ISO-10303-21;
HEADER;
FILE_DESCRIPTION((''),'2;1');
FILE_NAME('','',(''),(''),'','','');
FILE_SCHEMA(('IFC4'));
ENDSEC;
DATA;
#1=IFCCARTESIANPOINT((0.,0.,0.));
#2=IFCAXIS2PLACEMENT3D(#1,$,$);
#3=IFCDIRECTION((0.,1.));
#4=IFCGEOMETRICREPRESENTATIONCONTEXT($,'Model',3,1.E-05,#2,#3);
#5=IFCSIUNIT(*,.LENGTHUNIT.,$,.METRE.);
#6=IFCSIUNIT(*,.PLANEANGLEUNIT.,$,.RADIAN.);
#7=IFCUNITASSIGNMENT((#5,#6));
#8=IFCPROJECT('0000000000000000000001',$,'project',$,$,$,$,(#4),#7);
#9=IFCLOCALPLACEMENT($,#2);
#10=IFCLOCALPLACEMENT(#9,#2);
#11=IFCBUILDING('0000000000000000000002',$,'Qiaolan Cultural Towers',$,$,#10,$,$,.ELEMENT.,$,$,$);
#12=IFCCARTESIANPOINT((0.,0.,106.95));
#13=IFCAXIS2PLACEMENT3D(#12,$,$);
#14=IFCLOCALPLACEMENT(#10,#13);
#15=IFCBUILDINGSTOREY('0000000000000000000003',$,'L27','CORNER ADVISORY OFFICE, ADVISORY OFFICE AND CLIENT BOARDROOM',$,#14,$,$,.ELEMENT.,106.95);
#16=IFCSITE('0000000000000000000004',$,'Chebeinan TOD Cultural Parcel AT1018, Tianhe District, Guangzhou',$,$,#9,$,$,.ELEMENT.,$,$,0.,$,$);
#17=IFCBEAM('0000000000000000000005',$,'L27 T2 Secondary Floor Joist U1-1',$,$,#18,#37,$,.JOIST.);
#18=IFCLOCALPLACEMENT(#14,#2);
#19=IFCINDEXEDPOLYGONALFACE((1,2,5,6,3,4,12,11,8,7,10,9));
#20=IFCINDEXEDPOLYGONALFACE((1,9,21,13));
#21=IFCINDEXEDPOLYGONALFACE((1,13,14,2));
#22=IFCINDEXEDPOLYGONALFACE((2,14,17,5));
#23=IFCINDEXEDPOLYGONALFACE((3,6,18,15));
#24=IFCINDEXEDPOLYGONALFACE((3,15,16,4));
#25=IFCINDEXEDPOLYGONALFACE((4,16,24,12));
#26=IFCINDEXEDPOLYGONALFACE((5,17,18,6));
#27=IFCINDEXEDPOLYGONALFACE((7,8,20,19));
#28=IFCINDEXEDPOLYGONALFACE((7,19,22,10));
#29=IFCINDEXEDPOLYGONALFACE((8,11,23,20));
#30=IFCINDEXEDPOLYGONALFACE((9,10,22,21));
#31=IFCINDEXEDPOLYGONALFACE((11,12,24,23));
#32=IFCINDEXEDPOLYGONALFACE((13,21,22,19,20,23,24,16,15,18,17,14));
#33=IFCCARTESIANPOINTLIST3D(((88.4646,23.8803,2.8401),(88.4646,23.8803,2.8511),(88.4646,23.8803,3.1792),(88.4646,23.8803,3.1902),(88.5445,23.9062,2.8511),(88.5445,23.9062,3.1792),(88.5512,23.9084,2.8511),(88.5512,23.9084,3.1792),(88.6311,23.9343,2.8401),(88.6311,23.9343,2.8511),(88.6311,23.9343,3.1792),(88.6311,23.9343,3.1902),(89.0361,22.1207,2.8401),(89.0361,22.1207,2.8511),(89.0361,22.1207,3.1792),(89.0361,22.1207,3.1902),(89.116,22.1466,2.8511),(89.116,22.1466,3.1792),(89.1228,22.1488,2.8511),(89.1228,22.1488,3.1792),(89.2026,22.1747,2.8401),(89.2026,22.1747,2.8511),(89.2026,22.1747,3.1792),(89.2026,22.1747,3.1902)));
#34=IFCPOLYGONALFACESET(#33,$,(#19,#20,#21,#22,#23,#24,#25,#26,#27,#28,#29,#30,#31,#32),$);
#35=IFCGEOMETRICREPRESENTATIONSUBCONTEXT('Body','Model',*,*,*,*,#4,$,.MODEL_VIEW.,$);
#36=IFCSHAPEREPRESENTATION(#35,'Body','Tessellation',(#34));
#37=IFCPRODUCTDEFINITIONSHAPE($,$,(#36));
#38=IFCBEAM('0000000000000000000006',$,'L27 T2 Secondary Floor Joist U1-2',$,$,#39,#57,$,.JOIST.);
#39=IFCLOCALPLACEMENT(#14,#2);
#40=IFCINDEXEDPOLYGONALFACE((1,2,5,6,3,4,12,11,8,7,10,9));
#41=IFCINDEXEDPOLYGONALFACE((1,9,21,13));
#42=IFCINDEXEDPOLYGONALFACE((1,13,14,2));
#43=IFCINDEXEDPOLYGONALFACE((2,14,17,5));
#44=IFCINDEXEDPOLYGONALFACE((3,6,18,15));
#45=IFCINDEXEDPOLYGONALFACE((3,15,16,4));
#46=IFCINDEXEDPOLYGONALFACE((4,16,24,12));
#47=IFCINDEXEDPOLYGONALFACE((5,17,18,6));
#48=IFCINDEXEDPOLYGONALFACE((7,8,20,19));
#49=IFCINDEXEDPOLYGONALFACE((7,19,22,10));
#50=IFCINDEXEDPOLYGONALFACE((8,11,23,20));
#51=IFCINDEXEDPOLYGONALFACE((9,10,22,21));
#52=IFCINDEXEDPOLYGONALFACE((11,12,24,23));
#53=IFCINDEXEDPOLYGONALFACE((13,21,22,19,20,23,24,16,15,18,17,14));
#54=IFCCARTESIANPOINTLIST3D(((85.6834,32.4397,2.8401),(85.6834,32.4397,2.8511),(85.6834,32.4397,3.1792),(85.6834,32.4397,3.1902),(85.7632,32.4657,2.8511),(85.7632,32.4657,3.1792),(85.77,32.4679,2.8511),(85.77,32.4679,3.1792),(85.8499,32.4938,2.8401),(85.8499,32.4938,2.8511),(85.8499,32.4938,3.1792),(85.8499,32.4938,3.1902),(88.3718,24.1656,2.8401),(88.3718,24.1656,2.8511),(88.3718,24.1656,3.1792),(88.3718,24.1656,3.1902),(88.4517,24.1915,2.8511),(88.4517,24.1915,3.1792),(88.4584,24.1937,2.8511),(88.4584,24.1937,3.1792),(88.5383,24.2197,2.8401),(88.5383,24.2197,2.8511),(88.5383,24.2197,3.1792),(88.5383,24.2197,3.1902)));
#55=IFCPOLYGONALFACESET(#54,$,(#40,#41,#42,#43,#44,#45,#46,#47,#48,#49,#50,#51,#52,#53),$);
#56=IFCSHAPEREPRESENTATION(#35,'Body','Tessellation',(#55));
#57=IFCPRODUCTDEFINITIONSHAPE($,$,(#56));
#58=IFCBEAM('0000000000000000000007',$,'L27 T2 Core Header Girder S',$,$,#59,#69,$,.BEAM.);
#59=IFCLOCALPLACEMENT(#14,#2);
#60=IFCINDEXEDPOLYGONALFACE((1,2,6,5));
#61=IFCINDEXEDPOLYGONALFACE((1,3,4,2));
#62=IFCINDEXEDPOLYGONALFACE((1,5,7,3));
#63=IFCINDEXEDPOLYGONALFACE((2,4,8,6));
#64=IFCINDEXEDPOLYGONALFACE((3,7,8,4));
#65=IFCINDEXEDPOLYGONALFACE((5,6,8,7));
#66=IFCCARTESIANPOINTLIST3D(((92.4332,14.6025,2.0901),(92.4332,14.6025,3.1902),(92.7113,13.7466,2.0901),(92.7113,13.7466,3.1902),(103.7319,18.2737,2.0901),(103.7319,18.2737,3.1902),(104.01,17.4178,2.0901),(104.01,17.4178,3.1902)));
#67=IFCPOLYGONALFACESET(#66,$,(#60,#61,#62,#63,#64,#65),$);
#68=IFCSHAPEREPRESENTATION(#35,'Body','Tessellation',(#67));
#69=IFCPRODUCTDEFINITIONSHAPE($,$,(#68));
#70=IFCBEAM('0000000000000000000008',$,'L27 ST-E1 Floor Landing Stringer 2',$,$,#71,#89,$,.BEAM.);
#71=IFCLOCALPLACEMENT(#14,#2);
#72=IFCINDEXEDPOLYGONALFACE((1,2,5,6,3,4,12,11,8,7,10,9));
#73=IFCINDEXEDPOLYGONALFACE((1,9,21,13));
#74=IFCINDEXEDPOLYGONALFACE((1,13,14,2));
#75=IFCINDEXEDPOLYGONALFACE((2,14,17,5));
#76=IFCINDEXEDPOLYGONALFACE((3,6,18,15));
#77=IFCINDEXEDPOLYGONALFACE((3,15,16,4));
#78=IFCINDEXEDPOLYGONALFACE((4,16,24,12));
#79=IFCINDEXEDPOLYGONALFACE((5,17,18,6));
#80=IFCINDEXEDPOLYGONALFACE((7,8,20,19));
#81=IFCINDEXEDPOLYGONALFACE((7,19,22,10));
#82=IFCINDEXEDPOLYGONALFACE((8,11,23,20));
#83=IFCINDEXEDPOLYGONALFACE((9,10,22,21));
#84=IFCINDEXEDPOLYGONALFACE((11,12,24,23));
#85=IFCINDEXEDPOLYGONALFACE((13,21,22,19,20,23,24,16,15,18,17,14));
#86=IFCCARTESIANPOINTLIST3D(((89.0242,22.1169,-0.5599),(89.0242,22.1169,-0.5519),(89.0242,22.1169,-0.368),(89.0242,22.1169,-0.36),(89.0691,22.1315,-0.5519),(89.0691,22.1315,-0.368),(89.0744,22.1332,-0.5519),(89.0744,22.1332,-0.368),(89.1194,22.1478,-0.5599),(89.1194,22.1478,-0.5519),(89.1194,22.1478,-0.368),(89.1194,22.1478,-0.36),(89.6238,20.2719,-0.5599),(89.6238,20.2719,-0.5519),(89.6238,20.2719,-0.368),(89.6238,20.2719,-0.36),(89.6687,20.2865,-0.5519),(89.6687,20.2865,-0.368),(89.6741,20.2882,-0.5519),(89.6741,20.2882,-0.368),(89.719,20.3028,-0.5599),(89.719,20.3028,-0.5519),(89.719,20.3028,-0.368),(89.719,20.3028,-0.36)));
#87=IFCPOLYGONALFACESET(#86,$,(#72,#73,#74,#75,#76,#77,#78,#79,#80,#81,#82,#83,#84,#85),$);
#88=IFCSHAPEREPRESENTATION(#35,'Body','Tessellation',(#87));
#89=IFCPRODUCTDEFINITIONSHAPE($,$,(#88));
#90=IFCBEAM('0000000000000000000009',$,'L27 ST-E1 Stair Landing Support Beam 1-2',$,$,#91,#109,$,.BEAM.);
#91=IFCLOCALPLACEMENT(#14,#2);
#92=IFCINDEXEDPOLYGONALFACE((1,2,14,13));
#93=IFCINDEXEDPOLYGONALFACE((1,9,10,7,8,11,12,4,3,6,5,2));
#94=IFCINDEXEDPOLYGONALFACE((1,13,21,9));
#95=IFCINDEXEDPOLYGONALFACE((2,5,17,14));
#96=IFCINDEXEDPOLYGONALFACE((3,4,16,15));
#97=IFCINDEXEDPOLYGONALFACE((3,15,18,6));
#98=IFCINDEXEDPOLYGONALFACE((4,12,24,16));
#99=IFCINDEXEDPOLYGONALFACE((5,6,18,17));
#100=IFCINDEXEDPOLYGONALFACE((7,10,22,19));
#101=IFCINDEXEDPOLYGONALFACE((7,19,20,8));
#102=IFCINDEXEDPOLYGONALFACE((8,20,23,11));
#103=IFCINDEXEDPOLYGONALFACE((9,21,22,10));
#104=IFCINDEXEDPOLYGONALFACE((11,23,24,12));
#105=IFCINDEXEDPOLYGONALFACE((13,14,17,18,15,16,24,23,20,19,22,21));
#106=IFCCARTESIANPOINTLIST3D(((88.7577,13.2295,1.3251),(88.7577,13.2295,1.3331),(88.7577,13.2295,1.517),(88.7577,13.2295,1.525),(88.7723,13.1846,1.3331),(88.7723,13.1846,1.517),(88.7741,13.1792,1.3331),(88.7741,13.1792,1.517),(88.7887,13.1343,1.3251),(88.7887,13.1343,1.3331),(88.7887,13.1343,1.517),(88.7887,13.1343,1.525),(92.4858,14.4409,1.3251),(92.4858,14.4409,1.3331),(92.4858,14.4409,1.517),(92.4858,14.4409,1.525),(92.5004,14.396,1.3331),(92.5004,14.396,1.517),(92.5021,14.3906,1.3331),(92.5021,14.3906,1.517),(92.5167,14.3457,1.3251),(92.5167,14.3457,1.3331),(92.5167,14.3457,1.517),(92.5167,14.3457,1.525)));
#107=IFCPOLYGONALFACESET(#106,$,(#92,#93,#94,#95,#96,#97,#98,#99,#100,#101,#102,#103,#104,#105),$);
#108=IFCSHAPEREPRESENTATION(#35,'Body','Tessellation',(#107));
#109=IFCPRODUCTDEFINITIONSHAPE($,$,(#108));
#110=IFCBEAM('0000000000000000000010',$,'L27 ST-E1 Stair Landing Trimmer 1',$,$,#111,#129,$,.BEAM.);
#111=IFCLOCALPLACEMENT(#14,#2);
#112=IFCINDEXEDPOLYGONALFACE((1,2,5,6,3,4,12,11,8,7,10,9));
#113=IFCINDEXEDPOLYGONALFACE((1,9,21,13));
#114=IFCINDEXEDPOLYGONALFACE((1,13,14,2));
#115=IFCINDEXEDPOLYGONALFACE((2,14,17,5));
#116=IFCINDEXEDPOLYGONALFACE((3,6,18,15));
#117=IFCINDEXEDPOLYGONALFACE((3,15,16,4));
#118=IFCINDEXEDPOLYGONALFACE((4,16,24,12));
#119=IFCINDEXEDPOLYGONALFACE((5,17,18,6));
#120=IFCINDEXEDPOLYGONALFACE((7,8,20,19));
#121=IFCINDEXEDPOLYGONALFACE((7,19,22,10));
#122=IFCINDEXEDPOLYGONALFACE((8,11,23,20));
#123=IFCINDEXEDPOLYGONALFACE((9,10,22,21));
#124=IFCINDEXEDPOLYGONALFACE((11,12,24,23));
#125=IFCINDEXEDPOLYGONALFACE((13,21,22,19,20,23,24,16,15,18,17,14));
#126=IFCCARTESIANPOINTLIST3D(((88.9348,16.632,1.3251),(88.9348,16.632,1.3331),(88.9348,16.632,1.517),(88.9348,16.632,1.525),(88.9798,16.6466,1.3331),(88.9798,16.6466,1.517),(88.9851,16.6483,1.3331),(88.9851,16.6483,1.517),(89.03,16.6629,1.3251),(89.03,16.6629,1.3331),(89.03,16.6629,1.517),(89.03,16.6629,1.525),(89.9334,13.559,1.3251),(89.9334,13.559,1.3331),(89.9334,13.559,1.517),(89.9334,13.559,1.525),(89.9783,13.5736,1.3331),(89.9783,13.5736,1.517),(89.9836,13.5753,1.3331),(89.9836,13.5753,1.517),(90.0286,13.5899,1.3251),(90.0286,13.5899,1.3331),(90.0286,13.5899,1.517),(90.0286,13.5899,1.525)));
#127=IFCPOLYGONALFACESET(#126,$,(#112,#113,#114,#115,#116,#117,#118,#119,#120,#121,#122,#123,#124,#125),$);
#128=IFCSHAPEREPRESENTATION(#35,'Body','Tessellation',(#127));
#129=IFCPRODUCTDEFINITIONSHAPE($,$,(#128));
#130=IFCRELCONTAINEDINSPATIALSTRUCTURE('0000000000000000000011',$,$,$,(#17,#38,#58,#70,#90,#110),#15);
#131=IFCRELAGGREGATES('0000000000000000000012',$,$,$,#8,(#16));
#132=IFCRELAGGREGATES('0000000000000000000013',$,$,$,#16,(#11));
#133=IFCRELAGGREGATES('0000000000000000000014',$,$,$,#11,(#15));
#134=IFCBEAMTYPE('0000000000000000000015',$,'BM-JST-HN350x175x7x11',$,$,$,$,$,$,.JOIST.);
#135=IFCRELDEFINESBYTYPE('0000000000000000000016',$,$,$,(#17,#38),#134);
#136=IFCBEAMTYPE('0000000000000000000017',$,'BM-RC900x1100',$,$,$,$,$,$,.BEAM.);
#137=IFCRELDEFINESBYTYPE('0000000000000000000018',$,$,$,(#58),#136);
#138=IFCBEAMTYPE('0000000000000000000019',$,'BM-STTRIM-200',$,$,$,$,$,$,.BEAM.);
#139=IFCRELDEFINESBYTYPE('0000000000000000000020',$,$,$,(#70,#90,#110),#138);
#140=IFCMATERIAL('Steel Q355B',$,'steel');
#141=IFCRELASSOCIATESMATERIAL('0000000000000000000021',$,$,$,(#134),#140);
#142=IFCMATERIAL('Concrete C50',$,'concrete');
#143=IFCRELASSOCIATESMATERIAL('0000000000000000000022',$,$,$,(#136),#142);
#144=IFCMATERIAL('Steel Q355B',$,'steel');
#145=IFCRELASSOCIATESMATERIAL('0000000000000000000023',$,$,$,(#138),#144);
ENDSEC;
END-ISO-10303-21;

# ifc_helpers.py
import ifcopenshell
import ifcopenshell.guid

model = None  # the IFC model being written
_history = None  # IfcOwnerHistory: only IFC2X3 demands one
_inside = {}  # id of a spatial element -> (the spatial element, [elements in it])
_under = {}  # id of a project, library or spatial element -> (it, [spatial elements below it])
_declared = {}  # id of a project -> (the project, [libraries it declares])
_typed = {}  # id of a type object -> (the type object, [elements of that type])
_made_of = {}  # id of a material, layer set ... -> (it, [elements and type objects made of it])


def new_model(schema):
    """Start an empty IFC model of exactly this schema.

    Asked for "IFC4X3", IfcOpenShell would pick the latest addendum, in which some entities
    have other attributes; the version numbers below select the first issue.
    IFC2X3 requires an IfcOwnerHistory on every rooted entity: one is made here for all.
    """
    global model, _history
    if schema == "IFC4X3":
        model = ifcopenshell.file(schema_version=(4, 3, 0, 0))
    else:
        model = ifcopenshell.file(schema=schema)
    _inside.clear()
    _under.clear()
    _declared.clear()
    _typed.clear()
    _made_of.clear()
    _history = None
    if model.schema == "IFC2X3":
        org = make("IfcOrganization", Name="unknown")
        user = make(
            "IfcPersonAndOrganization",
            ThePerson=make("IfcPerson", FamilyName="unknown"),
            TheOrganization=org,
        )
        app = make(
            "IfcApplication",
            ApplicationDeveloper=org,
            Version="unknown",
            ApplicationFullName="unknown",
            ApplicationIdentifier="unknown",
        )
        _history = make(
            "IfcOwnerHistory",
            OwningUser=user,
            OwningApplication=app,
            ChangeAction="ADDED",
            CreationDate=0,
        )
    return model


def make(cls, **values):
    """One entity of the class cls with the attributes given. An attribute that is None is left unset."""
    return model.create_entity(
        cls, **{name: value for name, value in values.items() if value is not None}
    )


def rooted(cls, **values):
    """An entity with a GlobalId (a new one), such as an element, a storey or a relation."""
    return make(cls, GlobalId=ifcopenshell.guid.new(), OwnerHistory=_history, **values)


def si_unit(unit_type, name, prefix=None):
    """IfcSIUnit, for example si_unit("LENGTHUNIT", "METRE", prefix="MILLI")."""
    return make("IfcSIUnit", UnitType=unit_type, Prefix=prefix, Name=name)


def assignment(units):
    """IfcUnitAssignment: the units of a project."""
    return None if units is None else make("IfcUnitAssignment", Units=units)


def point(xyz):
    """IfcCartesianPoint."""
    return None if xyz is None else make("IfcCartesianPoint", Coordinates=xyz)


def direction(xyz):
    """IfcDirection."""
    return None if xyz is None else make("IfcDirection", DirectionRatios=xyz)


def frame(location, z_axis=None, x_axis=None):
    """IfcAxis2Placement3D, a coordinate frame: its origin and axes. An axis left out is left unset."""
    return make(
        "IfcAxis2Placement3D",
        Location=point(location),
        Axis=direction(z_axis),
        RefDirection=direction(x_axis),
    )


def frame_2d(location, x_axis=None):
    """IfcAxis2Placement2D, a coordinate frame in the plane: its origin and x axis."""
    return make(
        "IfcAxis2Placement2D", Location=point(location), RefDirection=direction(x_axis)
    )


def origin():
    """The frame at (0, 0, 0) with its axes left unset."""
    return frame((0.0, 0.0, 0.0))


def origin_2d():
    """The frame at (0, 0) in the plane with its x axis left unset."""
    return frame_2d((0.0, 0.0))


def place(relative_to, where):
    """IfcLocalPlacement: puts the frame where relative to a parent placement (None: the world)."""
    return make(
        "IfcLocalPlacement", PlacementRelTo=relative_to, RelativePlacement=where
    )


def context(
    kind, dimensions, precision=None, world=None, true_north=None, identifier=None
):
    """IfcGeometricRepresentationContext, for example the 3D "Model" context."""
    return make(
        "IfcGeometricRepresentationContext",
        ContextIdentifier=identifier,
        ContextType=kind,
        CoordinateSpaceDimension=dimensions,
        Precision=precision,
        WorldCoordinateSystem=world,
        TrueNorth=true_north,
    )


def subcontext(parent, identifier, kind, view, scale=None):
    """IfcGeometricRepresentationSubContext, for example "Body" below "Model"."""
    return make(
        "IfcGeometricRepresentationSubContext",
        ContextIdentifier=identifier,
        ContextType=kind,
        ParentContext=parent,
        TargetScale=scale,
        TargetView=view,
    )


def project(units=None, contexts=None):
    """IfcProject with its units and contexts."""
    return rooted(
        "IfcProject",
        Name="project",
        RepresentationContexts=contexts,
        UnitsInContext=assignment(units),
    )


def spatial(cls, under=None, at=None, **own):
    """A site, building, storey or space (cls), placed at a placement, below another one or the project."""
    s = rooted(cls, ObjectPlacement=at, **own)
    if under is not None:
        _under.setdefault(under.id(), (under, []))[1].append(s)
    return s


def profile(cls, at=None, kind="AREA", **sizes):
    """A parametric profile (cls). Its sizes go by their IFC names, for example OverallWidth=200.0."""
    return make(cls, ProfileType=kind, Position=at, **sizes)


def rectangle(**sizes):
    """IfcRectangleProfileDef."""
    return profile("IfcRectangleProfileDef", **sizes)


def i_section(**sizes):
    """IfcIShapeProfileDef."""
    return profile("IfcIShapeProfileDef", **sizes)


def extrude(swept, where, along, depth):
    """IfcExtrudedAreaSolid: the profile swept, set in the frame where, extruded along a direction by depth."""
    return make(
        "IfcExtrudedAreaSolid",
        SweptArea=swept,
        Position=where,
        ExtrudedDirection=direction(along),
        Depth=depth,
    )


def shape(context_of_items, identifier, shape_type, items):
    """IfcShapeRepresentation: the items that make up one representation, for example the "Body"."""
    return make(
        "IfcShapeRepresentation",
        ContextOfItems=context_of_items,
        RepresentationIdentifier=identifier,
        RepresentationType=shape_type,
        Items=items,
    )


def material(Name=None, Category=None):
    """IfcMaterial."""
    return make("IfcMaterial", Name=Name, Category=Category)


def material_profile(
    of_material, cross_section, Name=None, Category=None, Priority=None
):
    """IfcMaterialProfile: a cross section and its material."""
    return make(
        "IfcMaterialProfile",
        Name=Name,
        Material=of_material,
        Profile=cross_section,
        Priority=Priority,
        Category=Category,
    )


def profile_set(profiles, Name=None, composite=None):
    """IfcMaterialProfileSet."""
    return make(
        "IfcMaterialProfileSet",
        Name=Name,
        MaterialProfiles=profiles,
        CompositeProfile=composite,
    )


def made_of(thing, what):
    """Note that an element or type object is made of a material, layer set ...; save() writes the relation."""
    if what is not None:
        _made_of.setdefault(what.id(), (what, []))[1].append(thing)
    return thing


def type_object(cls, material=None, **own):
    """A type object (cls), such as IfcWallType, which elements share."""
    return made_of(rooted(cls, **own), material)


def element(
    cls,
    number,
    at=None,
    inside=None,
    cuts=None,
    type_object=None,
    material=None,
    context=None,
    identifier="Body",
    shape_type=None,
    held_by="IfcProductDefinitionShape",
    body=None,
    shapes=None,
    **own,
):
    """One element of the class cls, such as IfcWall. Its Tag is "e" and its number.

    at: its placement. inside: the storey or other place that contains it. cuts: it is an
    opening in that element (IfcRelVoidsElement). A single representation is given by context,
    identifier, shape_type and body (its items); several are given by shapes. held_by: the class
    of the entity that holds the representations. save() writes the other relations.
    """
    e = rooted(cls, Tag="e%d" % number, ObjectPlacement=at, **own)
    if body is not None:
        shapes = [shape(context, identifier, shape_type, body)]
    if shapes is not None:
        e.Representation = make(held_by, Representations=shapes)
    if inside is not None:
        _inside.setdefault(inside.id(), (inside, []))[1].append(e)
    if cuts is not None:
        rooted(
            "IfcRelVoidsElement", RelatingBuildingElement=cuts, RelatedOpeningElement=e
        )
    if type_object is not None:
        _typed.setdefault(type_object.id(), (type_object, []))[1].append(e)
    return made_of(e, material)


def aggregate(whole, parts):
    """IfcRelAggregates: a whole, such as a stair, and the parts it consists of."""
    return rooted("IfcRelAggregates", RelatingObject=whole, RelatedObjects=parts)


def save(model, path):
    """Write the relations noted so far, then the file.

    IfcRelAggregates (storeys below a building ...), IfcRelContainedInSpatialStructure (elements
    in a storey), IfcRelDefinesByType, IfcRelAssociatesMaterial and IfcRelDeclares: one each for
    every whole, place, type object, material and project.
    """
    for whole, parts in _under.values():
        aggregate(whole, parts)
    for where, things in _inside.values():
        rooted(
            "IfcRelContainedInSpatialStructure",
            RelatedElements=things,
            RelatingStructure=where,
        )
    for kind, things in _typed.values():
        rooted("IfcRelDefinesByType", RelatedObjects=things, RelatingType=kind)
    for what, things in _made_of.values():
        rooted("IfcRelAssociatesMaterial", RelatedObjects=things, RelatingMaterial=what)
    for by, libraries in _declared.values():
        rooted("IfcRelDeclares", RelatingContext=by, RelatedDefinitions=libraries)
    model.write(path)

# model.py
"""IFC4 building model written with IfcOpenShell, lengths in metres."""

from ifc_helpers import new_model, si_unit, direction, frame, origin, origin_2d, place, context, subcontext, project, spatial, rectangle, i_section, extrude, material, material_profile, profile_set, type_object, element, save


model = new_model("IFC4")

# Units and contexts
model_context = context("Model", 3, precision=1e-05, world=origin(), true_north=direction((0.0, 1.0)))
body_context = subcontext(model_context, "Body", "Model", "MODEL_VIEW")
ifc_project = project(units=[si_unit("LENGTHUNIT", "METRE"), si_unit("PLANEANGLEUNIT", "RADIAN")], contexts=[model_context])

# Site, building, storey
site_placement = place(None, origin())
site = spatial("IfcSite", under=ifc_project, at=site_placement, Name="Chebeinan TOD Cultural Parcel AT1018, Tianhe District, Guangzhou", CompositionType="ELEMENT", RefElevation=0.0)
building_placement = place(site_placement, origin())
building = spatial("IfcBuilding", under=site, at=building_placement, Name="Qiaolan Cultural Towers", CompositionType="ELEMENT")
storey_placement = place(building_placement, frame((0.0, 0.0, 106.95)))
storey = spatial("IfcBuildingStorey", under=building, at=storey_placement, Name="L27", Description="CORNER ADVISORY OFFICE, ADVISORY OFFICE AND CLIENT BOARDROOM", CompositionType="ELEMENT", Elevation=106.95)

# Beams
ifc_material_1 = material(Name="Steel Q355B", Category="steel")
ifc_material_profile_1 = material_profile(ifc_material_1, i_section(OverallWidth=0.175, OverallDepth=0.3501, WebThickness=0.0071, FlangeThickness=0.011, at=origin_2d()), Name="HN350x175x7x11")
ifc_profile_set_1 = profile_set([ifc_material_profile_1], Name="Steel Q355B")
beam_type_1 = type_object("IfcBeamType", Name="BM-JST-HN350x175x7x11", PredefinedType="JOIST", material=ifc_profile_set_1)
beam_1_placement = place(storey_placement, frame((89.1194, 22.1477, 3.0151), z_axis=(-0.308934, 0.951084, 0.0), x_axis=(-0.951084, -0.308934, 0.0)))
element("IfcBeam", 1, at=beam_1_placement, inside=storey, type_object=beam_type_1, Name="L27 T2 Secondary Floor Joist U1-1", PredefinedType="JOIST", context=body_context, shape_type="SweptSolid", body=[
    extrude(i_section(OverallWidth=0.175, OverallDepth=0.3501, WebThickness=0.0071, FlangeThickness=0.011, at=origin_2d()), origin(), (0.0, 0.0, 1.0), 1.8501),
])
beam_2_placement = place(storey_placement, frame((88.4551, 24.1926, 3.0151), z_axis=(-0.309021, 0.951055, 0.0), x_axis=(-0.951055, -0.309021, 0.0)))
element("IfcBeam", 2, at=beam_2_placement, inside=storey, type_object=beam_type_1, Name="L27 T2 Secondary Floor Joist U1-2", PredefinedType="JOIST", context=body_context, shape_type="SweptSolid", body=[
    extrude(i_section(OverallWidth=0.175, OverallDepth=0.3501, WebThickness=0.0071, FlangeThickness=0.011, at=origin_2d()), origin(), (0.0, 0.0, 1.0), 8.7),
])
ifc_material_2 = material(Name="Concrete C50", Category="concrete")
ifc_material_profile_2 = material_profile(ifc_material_2, rectangle(XDim=0.8999, YDim=1.1001, at=origin_2d()), Name="RC900x1100")
ifc_profile_set_2 = profile_set([ifc_material_profile_2], Name="Concrete C50")
beam_type_2 = type_object("IfcBeamType", Name="BM-RC900x1100", PredefinedType="BEAM", material=ifc_profile_set_2)
beam_3_placement = place(storey_placement, frame((92.5723, 14.1746, 2.6401), z_axis=(0.951056, 0.309018, 0.0), x_axis=(-0.309018, 0.951056, 0.0)))
element("IfcBeam", 3, at=beam_3_placement, inside=storey, type_object=beam_type_2, Name="L27 T2 Core Header Girder S", PredefinedType="BEAM", context=body_context, shape_type="SweptSolid", body=[
    extrude(rectangle(XDim=0.8999, YDim=1.1001, at=origin_2d()), origin(), (0.0, 0.0, 1.0), 11.8801),
])
ifc_material_3 = material(Name="Steel Q355B", Category="steel")
ifc_material_profile_3 = material_profile(ifc_material_3, i_section(OverallWidth=0.1001, OverallDepth=0.2, WebThickness=0.0056, FlangeThickness=0.0081, at=origin_2d()), Name="HN200x100x5.5x8")
ifc_profile_set_3 = profile_set([ifc_material_profile_3], Name="Steel Q355B")
beam_type_3 = type_object("IfcBeamType", Name="BM-STTRIM-200", PredefinedType="BEAM", material=ifc_profile_set_3)
beam_4_placement = place(storey_placement, frame((89.0718, 22.1323, -0.46), z_axis=(0.309083, -0.951035, 0.0), x_axis=(0.951035, 0.309083, 0.0)))
element("IfcBeam", 4, at=beam_4_placement, inside=storey, type_object=beam_type_3, Name="L27 ST-E1 Floor Landing Stringer 2", PredefinedType="BEAM", context=body_context, shape_type="SweptSolid", body=[
    extrude(i_section(OverallWidth=0.1001, OverallDepth=0.2, WebThickness=0.0056, FlangeThickness=0.0081, at=origin_2d()), origin(), (0.0, 0.0, 1.0), 1.9399),
])
beam_5_placement = place(storey_placement, frame((88.7732, 13.1819, 1.425), z_axis=(0.951048, 0.309044, 0.0), x_axis=(-0.309044, 0.951048, 0.0)))
element("IfcBeam", 5, at=beam_5_placement, inside=storey, type_object=beam_type_3, Name="L27 ST-E1 Stair Landing Support Beam 1-2", PredefinedType="BEAM", context=body_context, shape_type="SweptSolid", body=[
    extrude(i_section(OverallWidth=0.1001, OverallDepth=0.2, WebThickness=0.0056, FlangeThickness=0.0081, at=origin_2d()), origin(), (0.0, 0.0, 1.0), 3.9199),
])
beam_6_placement = place(storey_placement, frame((88.9824, 16.6475, 1.425), z_axis=(0.309033, -0.951051, 0.0), x_axis=(0.951051, 0.309033, 0.0)))
element("IfcBeam", 6, at=beam_6_placement, inside=storey, type_object=beam_type_3, Name="L27 ST-E1 Stair Landing Trimmer 1", PredefinedType="BEAM", context=body_context, shape_type="SweptSolid", body=[
    extrude(i_section(OverallWidth=0.1001, OverallDepth=0.2, WebThickness=0.0056, FlangeThickness=0.0081, at=origin_2d()), origin(), (0.0, 0.0, 1.0), 3.2312),
])

save(model, "model.ifc")
